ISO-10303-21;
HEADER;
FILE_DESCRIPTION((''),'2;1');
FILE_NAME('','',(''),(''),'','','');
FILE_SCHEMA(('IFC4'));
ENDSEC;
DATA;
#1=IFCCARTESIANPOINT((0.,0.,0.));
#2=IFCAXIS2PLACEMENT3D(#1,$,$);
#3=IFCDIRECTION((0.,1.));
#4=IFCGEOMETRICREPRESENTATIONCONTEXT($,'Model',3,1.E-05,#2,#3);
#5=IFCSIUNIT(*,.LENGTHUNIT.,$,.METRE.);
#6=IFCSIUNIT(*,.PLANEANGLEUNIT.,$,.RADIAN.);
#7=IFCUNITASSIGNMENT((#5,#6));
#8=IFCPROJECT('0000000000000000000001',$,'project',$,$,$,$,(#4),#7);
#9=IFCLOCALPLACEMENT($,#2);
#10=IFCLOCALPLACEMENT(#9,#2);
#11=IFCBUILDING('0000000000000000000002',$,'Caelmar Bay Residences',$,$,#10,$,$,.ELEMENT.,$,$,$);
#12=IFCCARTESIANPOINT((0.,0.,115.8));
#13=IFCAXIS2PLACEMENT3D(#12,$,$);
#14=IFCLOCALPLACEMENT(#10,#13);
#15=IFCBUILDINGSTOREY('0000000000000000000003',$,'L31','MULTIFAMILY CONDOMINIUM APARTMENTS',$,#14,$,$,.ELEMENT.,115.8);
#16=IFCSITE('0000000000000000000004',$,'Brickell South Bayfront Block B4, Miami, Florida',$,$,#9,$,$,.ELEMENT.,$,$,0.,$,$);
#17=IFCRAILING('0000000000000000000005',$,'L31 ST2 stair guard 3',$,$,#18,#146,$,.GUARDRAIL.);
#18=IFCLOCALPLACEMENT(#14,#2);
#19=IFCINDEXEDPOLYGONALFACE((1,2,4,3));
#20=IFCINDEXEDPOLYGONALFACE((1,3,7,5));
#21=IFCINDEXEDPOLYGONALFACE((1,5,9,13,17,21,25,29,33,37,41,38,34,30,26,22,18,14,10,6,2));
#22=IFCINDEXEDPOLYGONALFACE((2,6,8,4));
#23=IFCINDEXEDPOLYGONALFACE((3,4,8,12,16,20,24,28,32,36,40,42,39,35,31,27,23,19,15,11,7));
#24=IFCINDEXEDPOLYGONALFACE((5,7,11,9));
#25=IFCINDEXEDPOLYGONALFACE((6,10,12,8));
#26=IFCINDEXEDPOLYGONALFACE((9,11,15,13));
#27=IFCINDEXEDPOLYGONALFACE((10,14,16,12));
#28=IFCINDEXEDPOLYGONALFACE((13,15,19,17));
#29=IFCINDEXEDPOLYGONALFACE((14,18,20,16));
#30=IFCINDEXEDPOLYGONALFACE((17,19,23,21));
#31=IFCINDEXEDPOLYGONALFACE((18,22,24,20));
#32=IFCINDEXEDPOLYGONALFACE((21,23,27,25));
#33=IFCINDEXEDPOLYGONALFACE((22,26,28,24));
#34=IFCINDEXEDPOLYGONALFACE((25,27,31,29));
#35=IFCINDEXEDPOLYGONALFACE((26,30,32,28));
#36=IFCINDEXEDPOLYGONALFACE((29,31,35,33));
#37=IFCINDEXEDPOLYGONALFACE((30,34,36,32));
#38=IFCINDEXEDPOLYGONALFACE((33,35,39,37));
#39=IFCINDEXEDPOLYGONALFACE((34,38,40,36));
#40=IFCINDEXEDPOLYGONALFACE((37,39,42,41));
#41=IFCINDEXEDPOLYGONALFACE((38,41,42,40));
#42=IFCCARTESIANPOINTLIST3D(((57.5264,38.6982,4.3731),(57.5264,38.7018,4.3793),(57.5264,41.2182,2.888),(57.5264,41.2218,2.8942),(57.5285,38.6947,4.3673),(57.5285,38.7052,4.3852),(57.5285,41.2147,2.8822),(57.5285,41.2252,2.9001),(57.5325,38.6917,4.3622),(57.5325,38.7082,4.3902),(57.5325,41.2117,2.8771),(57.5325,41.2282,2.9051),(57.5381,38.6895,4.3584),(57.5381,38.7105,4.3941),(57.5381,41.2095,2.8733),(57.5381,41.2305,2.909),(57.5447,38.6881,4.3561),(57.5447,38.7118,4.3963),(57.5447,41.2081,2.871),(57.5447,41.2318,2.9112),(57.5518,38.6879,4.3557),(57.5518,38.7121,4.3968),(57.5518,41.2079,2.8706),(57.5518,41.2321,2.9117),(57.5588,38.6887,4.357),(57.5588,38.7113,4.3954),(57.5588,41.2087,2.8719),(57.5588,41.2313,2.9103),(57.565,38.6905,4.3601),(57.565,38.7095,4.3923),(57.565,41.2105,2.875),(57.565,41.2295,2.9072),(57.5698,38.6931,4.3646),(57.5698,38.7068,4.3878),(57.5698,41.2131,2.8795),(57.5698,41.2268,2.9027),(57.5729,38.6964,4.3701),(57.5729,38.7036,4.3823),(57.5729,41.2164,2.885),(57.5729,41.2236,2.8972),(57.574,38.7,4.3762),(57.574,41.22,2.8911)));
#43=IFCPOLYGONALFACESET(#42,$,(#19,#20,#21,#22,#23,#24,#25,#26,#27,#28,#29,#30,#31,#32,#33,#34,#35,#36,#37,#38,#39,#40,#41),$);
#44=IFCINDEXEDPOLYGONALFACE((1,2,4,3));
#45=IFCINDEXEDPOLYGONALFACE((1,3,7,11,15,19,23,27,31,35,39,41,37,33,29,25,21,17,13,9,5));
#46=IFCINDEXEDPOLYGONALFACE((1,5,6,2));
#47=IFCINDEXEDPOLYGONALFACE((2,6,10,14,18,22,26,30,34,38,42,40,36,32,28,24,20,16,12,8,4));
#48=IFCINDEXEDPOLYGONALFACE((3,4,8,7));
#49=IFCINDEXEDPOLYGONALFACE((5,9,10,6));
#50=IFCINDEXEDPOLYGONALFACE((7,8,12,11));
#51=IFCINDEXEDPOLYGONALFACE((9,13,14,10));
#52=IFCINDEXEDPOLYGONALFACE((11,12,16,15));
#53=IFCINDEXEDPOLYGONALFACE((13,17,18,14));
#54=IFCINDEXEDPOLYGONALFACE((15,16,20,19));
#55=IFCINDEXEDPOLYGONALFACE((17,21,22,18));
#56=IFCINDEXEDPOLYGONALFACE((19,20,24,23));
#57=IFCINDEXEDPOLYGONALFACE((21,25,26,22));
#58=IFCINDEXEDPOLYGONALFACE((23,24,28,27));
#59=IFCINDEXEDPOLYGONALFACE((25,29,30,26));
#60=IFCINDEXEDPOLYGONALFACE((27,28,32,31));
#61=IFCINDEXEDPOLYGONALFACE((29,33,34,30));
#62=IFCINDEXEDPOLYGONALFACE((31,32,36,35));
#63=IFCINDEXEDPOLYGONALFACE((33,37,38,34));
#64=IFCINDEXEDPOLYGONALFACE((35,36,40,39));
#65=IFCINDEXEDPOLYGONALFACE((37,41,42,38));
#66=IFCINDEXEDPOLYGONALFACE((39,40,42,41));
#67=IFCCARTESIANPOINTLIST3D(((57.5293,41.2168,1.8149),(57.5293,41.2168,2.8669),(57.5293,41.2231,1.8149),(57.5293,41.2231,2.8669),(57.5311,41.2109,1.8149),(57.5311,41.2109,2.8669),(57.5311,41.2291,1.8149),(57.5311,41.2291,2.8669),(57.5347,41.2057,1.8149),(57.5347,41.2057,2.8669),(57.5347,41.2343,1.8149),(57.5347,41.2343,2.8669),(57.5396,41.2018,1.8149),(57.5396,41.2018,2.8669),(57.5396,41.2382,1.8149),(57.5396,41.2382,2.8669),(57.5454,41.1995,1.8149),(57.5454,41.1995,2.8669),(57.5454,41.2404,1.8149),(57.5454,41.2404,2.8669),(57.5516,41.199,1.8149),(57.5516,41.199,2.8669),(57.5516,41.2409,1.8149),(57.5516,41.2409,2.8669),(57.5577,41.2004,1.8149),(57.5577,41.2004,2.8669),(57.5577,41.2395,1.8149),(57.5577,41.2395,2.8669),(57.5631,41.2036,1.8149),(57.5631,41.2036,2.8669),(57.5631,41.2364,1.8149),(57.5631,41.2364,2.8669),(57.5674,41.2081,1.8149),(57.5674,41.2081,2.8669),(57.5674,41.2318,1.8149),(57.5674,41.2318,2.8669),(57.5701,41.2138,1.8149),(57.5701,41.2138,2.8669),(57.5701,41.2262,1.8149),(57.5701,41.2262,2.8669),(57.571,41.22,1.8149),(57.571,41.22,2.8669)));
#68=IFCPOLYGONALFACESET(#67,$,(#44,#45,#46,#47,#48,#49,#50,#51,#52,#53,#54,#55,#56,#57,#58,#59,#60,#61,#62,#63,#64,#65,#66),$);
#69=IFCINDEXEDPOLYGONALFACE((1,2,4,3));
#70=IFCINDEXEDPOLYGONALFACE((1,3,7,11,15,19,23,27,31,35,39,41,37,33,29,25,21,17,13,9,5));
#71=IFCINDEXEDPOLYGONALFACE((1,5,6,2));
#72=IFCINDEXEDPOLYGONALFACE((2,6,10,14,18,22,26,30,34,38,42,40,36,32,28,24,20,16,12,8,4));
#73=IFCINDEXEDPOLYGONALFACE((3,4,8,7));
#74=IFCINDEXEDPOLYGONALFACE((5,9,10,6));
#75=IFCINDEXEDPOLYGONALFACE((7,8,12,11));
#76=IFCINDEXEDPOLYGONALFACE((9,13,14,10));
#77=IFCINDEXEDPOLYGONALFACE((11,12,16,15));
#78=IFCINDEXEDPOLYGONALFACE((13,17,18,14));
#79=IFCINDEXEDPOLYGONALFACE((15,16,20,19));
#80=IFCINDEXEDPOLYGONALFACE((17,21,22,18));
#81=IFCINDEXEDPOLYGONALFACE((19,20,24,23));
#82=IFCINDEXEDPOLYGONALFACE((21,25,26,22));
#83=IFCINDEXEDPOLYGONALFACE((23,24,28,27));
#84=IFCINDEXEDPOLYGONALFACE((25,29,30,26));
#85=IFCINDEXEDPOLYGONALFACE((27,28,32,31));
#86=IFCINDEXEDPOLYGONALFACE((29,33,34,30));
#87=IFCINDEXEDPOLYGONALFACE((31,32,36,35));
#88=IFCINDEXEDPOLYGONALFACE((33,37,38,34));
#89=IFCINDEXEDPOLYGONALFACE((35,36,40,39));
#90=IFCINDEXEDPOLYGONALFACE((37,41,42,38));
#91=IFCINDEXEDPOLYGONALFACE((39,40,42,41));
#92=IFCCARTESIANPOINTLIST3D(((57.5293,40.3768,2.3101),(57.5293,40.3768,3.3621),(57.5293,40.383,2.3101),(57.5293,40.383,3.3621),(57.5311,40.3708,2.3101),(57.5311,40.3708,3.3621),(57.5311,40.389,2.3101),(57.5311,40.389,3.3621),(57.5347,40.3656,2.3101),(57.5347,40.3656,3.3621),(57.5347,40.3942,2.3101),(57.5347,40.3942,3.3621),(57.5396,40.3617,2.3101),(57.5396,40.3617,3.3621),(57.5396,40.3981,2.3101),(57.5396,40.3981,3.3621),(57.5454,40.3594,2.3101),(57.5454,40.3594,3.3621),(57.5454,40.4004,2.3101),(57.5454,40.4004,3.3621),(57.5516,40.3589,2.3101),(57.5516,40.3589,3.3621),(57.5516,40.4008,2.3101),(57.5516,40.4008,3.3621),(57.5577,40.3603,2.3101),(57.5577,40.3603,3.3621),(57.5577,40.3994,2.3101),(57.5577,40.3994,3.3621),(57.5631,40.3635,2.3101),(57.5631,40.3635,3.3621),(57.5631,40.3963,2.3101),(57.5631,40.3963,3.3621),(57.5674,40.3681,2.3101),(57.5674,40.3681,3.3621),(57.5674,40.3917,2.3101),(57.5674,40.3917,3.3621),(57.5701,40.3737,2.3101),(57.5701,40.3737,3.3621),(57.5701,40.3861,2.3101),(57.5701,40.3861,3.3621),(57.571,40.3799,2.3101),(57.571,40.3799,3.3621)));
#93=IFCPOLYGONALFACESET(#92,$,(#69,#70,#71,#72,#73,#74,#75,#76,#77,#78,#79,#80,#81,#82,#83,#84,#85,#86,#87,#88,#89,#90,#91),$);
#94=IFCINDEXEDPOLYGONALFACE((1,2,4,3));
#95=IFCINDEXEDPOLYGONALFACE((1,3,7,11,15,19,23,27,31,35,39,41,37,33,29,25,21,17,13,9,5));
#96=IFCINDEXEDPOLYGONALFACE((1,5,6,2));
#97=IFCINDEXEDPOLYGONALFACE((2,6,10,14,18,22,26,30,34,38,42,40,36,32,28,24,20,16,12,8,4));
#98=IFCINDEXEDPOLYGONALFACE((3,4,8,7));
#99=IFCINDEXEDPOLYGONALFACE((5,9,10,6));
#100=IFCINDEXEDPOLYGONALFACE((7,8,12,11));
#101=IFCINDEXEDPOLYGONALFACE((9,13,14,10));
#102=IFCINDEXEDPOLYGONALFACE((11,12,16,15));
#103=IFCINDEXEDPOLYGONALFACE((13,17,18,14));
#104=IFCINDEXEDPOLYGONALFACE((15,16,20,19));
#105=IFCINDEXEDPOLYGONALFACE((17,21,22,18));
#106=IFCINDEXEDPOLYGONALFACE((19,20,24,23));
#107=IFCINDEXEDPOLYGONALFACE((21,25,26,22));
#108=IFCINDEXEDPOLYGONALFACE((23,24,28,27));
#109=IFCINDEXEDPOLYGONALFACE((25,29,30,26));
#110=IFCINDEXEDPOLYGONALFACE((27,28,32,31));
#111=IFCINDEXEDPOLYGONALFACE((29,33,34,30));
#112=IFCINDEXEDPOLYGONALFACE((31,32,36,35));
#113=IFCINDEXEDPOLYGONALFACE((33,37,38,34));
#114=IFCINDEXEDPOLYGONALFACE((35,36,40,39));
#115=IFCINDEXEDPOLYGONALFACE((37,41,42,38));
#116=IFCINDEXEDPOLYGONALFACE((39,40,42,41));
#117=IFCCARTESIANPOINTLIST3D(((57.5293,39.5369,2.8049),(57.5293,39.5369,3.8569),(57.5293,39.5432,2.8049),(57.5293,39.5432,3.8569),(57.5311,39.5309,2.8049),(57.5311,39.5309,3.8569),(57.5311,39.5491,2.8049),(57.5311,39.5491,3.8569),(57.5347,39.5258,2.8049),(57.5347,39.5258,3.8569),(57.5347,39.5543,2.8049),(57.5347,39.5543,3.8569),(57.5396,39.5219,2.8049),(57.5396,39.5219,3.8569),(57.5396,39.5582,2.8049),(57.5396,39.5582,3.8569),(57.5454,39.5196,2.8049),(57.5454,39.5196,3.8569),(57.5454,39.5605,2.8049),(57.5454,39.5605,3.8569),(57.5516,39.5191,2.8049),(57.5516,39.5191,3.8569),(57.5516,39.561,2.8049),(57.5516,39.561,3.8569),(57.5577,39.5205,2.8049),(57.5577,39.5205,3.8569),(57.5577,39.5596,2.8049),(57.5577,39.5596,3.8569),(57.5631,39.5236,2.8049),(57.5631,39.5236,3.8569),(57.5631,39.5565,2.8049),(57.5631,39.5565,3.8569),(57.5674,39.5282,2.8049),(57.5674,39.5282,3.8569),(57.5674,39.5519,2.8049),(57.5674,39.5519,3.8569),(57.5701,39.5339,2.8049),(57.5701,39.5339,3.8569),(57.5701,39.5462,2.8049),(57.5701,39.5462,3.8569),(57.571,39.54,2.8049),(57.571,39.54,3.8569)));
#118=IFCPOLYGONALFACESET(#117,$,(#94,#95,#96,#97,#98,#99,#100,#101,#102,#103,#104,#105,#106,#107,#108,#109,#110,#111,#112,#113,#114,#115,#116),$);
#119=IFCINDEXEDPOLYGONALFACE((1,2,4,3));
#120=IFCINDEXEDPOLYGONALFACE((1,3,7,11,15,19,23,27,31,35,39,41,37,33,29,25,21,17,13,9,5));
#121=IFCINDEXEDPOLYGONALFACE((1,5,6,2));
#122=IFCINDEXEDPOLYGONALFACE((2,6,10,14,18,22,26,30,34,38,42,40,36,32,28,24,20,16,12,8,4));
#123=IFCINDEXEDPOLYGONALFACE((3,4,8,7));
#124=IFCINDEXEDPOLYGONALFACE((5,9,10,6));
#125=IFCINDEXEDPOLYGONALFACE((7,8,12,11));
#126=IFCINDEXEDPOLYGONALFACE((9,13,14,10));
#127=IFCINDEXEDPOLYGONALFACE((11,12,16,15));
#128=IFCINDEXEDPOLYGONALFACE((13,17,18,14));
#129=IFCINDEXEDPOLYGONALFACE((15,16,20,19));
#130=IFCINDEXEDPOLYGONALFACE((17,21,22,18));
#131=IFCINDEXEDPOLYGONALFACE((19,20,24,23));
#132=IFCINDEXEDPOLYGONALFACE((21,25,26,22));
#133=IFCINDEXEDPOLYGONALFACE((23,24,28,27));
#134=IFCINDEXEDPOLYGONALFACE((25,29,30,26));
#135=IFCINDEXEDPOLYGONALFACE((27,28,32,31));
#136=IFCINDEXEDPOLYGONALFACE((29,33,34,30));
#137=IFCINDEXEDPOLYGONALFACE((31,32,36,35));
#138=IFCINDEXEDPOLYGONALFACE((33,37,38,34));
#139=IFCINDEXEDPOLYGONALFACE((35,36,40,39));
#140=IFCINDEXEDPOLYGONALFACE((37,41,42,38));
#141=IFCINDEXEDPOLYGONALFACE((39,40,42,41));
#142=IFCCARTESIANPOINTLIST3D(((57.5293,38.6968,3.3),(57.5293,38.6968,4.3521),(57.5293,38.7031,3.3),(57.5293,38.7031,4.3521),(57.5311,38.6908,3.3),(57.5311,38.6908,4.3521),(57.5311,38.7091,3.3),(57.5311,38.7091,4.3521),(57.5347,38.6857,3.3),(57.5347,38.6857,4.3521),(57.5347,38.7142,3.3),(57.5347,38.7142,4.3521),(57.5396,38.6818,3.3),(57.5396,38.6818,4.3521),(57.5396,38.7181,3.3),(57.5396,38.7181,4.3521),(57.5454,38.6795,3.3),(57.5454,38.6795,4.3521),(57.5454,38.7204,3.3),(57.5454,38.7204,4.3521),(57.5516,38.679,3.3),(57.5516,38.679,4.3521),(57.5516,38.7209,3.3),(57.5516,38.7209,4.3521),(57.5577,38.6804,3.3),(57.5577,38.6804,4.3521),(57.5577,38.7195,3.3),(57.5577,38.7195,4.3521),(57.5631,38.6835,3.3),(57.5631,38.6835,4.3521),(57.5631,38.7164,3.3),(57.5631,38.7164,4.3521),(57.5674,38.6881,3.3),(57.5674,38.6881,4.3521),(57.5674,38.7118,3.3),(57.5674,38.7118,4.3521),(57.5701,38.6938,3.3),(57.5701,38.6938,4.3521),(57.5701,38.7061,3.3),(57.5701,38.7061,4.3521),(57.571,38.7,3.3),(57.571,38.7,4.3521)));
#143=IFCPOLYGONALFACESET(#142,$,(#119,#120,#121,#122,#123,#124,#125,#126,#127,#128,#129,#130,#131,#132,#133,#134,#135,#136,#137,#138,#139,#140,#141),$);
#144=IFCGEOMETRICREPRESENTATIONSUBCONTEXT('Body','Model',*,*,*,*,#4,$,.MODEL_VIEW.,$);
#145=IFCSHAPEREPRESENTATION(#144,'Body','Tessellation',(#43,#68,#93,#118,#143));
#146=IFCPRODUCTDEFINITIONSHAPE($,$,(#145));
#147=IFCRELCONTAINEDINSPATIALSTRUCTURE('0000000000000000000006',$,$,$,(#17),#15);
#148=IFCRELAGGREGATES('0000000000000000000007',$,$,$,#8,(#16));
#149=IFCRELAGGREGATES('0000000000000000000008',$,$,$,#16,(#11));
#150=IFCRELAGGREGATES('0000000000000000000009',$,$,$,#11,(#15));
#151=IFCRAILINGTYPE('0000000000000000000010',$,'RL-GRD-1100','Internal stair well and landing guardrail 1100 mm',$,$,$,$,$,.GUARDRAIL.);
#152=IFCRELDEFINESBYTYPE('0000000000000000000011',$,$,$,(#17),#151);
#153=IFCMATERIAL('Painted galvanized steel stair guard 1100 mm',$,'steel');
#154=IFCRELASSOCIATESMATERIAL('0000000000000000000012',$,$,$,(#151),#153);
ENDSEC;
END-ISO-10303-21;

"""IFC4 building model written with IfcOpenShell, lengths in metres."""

from ifc_helpers import new_model, si_unit, direction, frame, origin, origin_2d, place, context, subcontext, project, spatial, circle, extrude, material, type_object, element, save


model = new_model("IFC4")

# Units and contexts
model_context = context("Model", 3, precision=1e-05, world=origin(), true_north=direction((0.0, 1.0)))
body_context = subcontext(model_context, "Body", "Model", "MODEL_VIEW")
ifc_project = project(units=[si_unit("LENGTHUNIT", "METRE"), si_unit("PLANEANGLEUNIT", "RADIAN")], contexts=[model_context])

# Site, building, storey
site_placement = place(None, origin())
site = spatial("IfcSite", under=ifc_project, at=site_placement, Name="Brickell South Bayfront Block B4, Miami, Florida", CompositionType="ELEMENT", RefElevation=0.0)
building_placement = place(site_placement, origin())
building = spatial("IfcBuilding", under=site, at=building_placement, Name="Caelmar Bay Residences", CompositionType="ELEMENT")
storey_placement = place(building_placement, frame((0.0, 0.0, 115.8)))
storey = spatial("IfcBuildingStorey", under=building, at=storey_placement, Name="L31", Description="MULTIFAMILY CONDOMINIUM APARTMENTS", CompositionType="ELEMENT", Elevation=115.8)

# Railing
ifc_material_1 = material(Name="Painted galvanized steel stair guard 1100 mm", Category="steel")
railing_type_1 = type_object("IfcRailingType", Name="RL-GRD-1100", Description="Internal stair well and landing guardrail 1100 mm", PredefinedType="GUARDRAIL", material=ifc_material_1)
railing_1_placement = place(storey_placement, frame((57.55, 41.22, 1.8149)))
element("IfcRailing", 1, at=railing_1_placement, inside=storey, type_object=railing_type_1, Name="L31 ST2 stair guard 3", PredefinedType="GUARDRAIL", context=body_context, shape_type="SweptSolid", body=[
    extrude(circle(Radius=0.0239, at=origin_2d()), frame((0.0, 0.0, 1.0762), z_axis=(0.0, -0.861524, 0.507717), x_axis=(1.0, 0.0, 0.0)), (0.0, 0.0, 1.0), 2.925),
    extrude(circle(Radius=0.021, at=origin_2d()), origin(), (0.0, 0.0, 1.0), 1.052),
    extrude(circle(Radius=0.021, at=origin_2d()), frame((0.0, -0.8401, 0.4951)), (0.0, 0.0, 1.0), 1.052),
    extrude(circle(Radius=0.021, at=origin_2d()), frame((0.0, -1.6799, 0.99)), (0.0, 0.0, 1.0), 1.052),
    extrude(circle(Radius=0.021, at=origin_2d()), frame((0.0, -2.52, 1.4851)), (0.0, 0.0, 1.0), 1.052),
])

save(model, "model.ifc")
